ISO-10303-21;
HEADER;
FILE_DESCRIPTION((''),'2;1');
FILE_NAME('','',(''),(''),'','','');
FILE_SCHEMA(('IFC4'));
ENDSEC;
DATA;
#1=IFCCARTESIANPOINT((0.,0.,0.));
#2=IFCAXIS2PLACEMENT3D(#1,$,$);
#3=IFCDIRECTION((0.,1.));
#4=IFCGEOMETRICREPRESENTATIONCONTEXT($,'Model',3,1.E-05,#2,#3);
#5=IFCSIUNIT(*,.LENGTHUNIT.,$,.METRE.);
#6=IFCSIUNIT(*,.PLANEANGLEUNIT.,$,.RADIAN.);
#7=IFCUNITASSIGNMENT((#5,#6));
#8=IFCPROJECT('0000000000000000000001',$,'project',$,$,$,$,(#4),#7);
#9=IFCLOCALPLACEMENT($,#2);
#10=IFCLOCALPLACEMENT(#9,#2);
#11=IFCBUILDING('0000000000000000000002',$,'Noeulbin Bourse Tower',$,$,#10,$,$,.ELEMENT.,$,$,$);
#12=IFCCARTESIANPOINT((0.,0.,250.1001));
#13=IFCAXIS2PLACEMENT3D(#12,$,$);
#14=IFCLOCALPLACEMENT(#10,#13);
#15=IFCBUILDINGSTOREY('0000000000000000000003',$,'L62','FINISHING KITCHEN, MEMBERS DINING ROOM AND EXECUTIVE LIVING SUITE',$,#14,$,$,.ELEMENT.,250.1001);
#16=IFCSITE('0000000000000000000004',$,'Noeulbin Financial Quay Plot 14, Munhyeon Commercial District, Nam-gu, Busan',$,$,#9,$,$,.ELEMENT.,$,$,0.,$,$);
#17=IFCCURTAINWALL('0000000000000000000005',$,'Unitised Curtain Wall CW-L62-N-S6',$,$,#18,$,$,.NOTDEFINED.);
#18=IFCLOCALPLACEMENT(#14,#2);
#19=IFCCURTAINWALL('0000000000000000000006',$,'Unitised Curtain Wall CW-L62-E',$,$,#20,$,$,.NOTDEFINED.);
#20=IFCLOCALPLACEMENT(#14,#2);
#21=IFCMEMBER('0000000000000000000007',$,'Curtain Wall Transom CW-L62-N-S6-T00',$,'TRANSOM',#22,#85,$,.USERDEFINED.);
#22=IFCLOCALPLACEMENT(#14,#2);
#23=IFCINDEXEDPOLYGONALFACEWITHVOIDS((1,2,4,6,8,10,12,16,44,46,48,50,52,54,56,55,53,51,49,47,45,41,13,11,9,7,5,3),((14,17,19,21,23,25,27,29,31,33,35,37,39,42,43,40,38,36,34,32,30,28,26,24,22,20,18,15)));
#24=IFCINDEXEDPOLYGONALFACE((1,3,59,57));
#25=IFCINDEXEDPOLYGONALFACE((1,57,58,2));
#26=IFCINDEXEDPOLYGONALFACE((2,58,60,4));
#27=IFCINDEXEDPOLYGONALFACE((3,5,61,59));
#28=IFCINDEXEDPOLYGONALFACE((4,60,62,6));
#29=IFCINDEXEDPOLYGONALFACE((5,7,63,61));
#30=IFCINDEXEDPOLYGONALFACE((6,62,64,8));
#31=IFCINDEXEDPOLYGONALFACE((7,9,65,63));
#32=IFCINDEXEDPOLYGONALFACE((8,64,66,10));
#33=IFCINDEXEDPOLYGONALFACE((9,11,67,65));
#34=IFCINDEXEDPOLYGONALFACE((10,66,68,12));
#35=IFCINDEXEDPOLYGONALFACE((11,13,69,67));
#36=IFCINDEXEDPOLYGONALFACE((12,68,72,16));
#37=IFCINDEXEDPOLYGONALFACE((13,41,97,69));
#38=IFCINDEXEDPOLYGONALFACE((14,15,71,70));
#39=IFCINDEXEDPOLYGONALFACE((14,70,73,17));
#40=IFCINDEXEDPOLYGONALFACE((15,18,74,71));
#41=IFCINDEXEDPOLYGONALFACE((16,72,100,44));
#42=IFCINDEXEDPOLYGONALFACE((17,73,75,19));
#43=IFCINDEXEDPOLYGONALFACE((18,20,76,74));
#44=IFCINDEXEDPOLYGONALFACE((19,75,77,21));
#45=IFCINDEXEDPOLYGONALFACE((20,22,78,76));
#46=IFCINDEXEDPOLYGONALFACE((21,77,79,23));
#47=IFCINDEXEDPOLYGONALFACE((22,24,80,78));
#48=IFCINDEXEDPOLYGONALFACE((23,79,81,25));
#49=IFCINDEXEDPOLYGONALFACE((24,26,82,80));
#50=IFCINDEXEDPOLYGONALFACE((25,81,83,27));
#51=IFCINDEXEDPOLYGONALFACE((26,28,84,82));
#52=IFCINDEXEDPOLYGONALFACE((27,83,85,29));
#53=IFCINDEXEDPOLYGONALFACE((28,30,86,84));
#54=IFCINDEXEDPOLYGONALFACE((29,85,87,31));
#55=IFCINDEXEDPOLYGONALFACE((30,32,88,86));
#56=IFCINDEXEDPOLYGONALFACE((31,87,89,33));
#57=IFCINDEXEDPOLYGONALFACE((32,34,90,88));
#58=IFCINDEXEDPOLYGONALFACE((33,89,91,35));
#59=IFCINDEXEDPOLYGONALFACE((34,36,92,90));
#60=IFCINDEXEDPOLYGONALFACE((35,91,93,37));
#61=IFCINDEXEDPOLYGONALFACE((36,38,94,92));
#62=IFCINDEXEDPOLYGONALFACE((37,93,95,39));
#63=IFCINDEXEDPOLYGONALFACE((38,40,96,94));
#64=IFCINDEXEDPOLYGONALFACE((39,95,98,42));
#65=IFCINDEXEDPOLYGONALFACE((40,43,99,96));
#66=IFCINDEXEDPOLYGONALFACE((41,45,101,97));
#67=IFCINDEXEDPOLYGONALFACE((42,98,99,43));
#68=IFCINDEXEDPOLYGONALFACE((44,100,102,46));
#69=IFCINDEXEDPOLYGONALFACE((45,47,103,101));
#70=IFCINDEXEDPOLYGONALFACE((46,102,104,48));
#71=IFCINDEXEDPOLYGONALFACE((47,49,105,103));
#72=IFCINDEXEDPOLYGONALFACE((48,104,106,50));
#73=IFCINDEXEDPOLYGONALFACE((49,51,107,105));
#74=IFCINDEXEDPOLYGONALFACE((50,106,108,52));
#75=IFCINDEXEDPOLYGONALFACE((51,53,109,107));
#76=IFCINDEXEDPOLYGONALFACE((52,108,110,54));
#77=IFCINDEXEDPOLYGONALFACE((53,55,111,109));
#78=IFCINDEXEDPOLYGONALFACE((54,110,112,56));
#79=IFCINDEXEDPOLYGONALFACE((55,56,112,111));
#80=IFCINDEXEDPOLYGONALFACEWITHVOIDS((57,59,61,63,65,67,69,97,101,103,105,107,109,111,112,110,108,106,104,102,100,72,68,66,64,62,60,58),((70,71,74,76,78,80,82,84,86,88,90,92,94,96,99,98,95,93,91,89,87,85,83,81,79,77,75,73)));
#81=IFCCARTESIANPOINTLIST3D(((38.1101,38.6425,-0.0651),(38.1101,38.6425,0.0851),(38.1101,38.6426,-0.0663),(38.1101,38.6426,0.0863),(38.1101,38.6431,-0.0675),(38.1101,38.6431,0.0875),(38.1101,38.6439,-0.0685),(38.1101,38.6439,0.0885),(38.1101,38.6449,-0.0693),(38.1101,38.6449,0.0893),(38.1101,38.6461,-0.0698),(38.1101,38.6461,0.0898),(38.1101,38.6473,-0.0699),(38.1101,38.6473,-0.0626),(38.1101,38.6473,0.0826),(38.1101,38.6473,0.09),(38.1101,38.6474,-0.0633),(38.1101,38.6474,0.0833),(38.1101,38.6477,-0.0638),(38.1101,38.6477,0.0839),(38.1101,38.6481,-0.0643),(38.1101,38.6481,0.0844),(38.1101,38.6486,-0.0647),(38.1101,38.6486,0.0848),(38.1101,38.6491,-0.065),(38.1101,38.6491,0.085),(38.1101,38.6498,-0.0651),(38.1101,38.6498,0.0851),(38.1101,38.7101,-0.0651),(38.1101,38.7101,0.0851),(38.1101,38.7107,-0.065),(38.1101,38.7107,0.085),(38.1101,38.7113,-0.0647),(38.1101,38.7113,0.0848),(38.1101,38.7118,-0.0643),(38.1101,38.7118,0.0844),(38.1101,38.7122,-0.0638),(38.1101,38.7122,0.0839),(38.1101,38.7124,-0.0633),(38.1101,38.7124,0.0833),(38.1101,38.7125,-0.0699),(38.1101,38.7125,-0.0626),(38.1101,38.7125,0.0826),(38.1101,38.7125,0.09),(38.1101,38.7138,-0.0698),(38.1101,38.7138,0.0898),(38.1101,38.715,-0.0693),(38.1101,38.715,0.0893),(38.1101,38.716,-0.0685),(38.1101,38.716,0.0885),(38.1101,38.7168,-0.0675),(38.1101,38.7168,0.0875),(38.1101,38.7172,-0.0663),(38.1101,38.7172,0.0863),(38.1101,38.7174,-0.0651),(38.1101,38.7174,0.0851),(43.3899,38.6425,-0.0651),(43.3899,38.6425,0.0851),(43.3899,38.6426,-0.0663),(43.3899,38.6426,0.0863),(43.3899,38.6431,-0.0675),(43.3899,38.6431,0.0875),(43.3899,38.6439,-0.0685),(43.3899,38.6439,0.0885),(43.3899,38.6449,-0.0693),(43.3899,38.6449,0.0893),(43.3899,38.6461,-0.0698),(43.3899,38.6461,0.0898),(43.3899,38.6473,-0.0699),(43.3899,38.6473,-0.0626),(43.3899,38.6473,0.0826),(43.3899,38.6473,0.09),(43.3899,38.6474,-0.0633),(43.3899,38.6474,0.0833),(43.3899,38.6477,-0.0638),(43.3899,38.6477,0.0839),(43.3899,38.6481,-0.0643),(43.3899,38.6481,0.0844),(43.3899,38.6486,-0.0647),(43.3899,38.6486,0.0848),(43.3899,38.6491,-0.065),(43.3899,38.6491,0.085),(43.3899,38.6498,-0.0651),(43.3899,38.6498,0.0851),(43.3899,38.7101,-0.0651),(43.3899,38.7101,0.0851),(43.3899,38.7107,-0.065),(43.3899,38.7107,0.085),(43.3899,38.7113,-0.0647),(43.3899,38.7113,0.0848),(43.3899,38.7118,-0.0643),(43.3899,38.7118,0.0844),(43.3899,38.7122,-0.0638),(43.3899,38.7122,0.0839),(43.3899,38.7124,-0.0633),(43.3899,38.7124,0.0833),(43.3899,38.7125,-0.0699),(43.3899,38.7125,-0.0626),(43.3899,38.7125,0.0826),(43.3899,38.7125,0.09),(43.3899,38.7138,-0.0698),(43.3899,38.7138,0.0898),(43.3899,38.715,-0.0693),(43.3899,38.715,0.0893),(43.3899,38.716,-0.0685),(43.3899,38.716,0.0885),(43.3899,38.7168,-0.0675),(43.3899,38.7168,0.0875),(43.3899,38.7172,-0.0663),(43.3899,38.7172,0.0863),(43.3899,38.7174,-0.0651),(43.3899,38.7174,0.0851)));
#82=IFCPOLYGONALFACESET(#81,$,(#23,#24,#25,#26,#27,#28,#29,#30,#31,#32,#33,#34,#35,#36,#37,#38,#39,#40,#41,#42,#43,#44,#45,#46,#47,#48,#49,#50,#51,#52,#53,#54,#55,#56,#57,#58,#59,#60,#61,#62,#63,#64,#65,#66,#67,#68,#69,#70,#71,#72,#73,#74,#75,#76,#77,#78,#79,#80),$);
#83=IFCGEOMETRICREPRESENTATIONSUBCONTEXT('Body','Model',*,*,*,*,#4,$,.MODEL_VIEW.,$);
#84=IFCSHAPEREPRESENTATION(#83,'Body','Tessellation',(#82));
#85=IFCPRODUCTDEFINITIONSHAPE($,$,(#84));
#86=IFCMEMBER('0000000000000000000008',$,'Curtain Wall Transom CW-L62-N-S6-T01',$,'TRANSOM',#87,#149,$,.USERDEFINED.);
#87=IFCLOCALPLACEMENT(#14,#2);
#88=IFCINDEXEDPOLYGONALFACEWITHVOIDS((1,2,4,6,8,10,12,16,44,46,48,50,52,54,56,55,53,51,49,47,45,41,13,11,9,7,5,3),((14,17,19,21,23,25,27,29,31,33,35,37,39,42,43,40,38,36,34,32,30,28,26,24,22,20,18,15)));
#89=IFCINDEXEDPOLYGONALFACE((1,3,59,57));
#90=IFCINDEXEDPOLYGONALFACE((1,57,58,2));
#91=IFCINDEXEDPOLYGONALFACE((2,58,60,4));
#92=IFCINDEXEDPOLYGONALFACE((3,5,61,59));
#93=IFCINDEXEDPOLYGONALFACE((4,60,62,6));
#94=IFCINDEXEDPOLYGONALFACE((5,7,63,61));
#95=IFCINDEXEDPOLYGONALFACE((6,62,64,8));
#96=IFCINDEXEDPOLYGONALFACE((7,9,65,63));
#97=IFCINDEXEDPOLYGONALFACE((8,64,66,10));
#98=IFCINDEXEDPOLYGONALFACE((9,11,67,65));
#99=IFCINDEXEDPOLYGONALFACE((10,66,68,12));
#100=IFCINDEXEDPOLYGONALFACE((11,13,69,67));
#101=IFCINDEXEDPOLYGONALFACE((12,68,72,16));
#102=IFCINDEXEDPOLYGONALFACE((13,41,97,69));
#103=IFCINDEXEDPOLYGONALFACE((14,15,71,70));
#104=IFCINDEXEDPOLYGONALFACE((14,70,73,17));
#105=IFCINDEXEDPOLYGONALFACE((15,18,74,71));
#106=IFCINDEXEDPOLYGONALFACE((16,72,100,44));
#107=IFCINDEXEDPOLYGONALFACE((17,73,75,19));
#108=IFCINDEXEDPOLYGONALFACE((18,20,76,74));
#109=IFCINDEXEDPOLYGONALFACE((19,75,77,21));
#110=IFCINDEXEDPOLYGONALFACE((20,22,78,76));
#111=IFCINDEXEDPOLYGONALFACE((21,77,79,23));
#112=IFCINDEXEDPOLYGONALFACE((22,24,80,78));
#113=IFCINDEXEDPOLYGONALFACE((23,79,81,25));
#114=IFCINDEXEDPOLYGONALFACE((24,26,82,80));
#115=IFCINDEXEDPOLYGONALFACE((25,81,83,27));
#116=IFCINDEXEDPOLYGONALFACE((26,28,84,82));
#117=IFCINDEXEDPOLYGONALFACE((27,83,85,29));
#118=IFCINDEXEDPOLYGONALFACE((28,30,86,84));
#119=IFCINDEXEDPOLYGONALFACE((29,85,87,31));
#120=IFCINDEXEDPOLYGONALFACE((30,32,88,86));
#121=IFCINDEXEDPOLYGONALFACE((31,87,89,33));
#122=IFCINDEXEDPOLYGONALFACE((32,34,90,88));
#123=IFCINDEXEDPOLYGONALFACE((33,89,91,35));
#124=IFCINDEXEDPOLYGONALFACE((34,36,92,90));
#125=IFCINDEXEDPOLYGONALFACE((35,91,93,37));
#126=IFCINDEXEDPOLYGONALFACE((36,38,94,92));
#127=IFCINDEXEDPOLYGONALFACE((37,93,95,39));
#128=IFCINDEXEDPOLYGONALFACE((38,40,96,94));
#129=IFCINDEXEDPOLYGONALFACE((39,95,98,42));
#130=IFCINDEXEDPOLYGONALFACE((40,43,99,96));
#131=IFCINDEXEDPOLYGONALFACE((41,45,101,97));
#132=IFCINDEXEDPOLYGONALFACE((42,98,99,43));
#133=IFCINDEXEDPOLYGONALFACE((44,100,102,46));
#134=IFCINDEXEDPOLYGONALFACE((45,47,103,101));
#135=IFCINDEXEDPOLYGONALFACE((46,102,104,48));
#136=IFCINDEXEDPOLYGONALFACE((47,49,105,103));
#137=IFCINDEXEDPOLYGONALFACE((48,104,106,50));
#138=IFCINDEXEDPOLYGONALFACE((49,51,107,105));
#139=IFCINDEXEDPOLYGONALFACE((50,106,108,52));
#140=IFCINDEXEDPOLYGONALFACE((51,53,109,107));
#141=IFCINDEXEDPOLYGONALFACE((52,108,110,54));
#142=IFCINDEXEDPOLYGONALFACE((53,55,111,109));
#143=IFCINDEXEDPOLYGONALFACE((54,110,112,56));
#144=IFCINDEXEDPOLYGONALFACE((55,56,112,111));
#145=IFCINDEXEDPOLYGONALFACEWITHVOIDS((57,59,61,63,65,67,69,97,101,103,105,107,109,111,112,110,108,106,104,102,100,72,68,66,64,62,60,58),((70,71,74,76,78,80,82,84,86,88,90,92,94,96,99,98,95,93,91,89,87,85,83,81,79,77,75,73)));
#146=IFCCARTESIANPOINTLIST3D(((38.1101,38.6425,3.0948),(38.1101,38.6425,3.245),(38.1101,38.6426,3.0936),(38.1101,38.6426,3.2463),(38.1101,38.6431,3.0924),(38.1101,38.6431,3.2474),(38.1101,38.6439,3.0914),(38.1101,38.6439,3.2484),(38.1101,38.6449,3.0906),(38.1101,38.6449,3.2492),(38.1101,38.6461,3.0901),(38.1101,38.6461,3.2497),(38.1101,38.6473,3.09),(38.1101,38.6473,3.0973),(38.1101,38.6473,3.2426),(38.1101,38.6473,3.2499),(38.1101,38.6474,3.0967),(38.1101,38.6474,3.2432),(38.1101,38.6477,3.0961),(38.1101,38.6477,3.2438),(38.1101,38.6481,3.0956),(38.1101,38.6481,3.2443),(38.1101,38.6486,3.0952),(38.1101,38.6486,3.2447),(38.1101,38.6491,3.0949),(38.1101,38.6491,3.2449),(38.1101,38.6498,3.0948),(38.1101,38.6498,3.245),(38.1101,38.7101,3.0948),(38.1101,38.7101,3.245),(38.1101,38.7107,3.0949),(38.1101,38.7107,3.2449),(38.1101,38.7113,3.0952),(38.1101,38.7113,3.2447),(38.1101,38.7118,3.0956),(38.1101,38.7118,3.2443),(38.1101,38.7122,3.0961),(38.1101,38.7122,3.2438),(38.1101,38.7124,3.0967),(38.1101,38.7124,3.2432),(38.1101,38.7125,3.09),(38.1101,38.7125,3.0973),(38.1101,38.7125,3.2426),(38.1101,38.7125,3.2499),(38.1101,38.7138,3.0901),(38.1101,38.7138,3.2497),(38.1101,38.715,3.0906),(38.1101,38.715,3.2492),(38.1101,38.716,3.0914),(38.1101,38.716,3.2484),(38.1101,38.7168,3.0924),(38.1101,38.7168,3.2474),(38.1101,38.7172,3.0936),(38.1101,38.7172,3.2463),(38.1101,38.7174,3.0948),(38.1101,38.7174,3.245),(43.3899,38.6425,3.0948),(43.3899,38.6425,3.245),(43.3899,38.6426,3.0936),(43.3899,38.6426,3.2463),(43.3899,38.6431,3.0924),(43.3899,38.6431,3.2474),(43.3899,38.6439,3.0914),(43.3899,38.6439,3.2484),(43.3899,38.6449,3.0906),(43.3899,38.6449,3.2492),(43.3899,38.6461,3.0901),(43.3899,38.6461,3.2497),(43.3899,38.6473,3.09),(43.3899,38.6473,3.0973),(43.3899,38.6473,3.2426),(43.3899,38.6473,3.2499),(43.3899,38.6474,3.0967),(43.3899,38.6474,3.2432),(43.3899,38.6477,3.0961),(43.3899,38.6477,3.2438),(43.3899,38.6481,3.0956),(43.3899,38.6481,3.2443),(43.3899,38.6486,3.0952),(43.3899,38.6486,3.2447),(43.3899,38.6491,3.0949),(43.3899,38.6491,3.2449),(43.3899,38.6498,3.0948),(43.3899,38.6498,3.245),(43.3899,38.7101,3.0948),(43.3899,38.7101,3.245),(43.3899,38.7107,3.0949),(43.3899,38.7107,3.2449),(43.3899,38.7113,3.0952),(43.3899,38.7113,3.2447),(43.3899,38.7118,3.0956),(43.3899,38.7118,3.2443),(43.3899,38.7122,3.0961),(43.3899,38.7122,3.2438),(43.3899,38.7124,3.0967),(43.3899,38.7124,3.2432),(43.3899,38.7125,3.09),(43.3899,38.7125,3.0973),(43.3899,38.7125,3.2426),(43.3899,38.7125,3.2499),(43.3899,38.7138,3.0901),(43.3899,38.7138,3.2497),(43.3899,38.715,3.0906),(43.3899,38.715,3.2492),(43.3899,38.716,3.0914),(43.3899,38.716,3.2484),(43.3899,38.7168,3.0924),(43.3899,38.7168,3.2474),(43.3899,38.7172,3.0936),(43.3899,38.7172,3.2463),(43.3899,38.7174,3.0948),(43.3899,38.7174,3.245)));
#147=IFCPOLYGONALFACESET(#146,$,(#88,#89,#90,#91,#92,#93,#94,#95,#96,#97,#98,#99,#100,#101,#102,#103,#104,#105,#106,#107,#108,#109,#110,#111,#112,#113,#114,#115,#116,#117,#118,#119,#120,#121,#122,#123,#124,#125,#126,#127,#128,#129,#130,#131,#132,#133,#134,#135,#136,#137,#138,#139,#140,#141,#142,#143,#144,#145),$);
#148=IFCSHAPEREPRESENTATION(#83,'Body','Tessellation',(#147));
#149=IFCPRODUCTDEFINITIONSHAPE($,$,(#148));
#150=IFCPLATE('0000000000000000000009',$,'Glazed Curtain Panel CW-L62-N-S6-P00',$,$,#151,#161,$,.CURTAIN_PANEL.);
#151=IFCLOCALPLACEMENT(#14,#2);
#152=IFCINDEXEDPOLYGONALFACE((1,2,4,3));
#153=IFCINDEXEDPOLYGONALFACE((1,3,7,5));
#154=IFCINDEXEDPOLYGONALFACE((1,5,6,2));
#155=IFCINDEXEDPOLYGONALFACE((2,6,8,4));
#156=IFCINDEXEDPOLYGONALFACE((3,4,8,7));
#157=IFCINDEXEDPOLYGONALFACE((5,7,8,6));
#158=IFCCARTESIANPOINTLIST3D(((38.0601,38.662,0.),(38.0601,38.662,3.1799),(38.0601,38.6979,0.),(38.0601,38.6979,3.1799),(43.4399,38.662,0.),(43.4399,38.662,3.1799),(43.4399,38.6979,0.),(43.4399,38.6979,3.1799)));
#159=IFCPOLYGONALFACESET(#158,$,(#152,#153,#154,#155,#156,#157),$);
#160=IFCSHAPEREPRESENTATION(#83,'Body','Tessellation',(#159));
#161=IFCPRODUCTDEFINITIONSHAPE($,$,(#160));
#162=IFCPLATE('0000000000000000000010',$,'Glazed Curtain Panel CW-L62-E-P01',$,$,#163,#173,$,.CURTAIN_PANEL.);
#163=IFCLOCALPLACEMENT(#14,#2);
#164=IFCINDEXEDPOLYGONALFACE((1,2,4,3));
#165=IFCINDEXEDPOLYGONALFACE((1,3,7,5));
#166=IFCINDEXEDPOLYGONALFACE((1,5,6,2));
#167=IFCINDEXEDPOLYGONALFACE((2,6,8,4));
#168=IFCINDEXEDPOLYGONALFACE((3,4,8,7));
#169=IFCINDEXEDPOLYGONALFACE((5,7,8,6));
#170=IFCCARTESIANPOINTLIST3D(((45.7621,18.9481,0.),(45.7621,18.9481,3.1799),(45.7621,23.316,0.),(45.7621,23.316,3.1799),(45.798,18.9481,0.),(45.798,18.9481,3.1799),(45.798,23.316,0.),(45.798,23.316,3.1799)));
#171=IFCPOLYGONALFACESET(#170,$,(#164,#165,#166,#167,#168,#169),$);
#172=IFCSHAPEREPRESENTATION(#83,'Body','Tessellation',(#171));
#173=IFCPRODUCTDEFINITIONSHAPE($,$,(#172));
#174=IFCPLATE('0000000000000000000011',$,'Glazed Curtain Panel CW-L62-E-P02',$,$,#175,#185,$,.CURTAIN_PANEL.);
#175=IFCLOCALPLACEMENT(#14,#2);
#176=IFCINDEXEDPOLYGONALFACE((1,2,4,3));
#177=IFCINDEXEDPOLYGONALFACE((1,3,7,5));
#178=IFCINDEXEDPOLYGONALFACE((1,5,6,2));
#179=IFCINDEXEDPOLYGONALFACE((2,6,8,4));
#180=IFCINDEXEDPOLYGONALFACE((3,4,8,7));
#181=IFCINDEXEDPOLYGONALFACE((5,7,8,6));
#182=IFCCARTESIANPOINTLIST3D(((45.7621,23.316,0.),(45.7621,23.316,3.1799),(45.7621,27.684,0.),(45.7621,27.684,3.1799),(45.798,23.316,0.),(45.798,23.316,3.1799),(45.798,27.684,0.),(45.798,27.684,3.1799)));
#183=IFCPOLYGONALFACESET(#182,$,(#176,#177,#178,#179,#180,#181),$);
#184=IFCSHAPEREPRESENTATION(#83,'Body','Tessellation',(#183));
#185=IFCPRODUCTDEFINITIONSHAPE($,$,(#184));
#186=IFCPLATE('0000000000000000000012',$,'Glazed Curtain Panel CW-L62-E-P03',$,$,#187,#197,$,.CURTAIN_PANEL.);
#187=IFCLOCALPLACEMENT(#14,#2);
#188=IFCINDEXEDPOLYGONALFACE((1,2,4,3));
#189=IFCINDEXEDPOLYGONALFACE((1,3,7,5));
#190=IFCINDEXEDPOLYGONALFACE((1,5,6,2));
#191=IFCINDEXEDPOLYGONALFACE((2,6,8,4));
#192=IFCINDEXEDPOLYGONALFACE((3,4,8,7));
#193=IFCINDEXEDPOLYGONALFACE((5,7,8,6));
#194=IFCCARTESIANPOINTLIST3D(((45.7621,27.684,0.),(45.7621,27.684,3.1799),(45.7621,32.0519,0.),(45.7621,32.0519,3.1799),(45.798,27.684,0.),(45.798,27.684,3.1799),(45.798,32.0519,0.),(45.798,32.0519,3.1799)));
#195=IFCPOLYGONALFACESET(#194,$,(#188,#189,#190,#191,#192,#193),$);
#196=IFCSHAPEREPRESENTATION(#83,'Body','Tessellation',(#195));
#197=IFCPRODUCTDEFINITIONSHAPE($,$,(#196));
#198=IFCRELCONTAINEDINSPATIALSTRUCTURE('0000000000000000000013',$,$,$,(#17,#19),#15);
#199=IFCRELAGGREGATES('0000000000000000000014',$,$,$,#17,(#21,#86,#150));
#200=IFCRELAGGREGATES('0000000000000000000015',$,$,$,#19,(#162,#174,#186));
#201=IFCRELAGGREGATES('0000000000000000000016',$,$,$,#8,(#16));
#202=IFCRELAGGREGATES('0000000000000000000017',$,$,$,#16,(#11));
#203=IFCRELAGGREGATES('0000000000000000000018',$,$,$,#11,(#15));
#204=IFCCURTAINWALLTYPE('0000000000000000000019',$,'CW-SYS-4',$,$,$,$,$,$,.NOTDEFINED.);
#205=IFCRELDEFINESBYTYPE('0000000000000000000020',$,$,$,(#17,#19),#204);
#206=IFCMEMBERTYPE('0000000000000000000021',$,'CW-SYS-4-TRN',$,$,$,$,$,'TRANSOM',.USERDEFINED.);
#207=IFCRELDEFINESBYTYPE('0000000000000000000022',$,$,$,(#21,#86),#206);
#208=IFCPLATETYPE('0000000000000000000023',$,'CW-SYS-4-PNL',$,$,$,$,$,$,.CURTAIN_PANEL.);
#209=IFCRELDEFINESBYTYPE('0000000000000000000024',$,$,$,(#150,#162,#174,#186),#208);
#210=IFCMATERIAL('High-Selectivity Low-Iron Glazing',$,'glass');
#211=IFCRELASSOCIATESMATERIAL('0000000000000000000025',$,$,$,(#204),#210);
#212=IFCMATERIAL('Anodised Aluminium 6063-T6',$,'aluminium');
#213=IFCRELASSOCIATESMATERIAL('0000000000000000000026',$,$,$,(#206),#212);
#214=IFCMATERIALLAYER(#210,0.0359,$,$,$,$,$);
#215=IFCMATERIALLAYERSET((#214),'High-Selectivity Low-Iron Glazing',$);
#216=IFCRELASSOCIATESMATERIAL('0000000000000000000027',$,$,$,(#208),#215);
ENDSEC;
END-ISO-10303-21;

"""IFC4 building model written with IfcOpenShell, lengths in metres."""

from ifc_helpers import new_model, si_unit, direction, frame, origin, origin_2d, place, context, subcontext, project, spatial, rectangle, hollow_rectangle, extrude, material, layer, layer_set, material_profile, profile_set, type_object, element, aggregate, save


model = new_model("IFC4")

# Units and contexts
model_context = context("Model", 3, precision=1e-05, world=origin(), true_north=direction((0.0, 1.0)))
body_context = subcontext(model_context, "Body", "Model", "MODEL_VIEW")
ifc_project = project(units=[si_unit("LENGTHUNIT", "METRE"), si_unit("PLANEANGLEUNIT", "RADIAN")], contexts=[model_context])

# Site, building, storey
site_placement = place(None, origin())
site = spatial("IfcSite", under=ifc_project, at=site_placement, Name="Noeulbin Financial Quay Plot 14, Munhyeon Commercial District, Nam-gu, Busan", CompositionType="ELEMENT", RefElevation=0.0)
building_placement = place(site_placement, origin())
building = spatial("IfcBuilding", under=site, at=building_placement, Name="Noeulbin Bourse Tower", CompositionType="ELEMENT")
storey_placement = place(building_placement, frame((0.0, 0.0, 250.1001)))
storey = spatial("IfcBuildingStorey", under=building, at=storey_placement, Name="L62", Description="FINISHING KITCHEN, MEMBERS DINING ROOM AND EXECUTIVE LIVING SUITE", CompositionType="ELEMENT", Elevation=250.1001)

# Curtain walls
ifc_material_1 = material(Name="High-Selectivity Low-Iron Glazing", Category="glass")
curtain_wall_type = type_object("IfcCurtainWallType", Name="CW-SYS-4", PredefinedType="NOTDEFINED", material=ifc_material_1)
curtain_wall_1_placement = place(storey_placement, origin())
curtain_wall_1 = element("IfcCurtainWall", 1, at=curtain_wall_1_placement, inside=storey, type_object=curtain_wall_type, Name="Unitised Curtain Wall CW-L62-N-S6", PredefinedType="NOTDEFINED")
ifc_material_2 = material(Name="Anodised Aluminium 6063-T6", Category="aluminium")
curtain_wall_2_placement = place(storey_placement, origin())
curtain_wall_2 = element("IfcCurtainWall", 2, at=curtain_wall_2_placement, inside=storey, type_object=curtain_wall_type, Name="Unitised Curtain Wall CW-L62-E", PredefinedType="NOTDEFINED")

# Members
ifc_material_profile_1 = material_profile(ifc_material_2, hollow_rectangle(XDim=0.075, YDim=0.1599, WallThickness=0.0049, InnerFilletRadius=0.0024, OuterFilletRadius=0.0049, at=origin_2d()), Name="ALU-TRAN-75x160x5", Category="LoadBearing")
ifc_profile_set_1 = profile_set([ifc_material_profile_1], Name="Anodised Aluminium 6063-T6")
member_type_1 = type_object("IfcMemberType", Name="CW-SYS-4-TRN", ElementType="TRANSOM", PredefinedType="USERDEFINED", material=ifc_profile_set_1)
member_1_placement = place(storey_placement, frame((38.1101, 38.6799, 0.01), z_axis=(1.0, 0.0, 0.0), x_axis=(0.0, 1.0, 0.0)))
member_1 = element("IfcMember", 3, at=member_1_placement, type_object=member_type_1, Name="Curtain Wall Transom CW-L62-N-S6-T00", ObjectType="TRANSOM", PredefinedType="USERDEFINED", context=body_context, shape_type="SweptSolid", body=[
    extrude(hollow_rectangle(XDim=0.075, YDim=0.1599, WallThickness=0.0049, InnerFilletRadius=0.0024, OuterFilletRadius=0.0049, at=origin_2d()), origin(), (0.0, 0.0, 1.0), 5.2798),
])
member_2_placement = place(storey_placement, frame((38.1101, 38.6799, 3.1699), z_axis=(1.0, 0.0, 0.0), x_axis=(0.0, 1.0, 0.0)))
member_2 = element("IfcMember", 4, at=member_2_placement, type_object=member_type_1, Name="Curtain Wall Transom CW-L62-N-S6-T01", ObjectType="TRANSOM", PredefinedType="USERDEFINED", context=body_context, shape_type="SweptSolid", body=[
    extrude(hollow_rectangle(XDim=0.075, YDim=0.1599, WallThickness=0.0049, InnerFilletRadius=0.0024, OuterFilletRadius=0.0049, at=origin_2d()), origin(), (0.0, 0.0, 1.0), 5.2798),
])

# Plates
ifc_layer_1 = layer(ifc_material_1, 0.0359)
ifc_layer_set_1 = layer_set([ifc_layer_1], Name="High-Selectivity Low-Iron Glazing")
plate_type_1 = type_object("IfcPlateType", Name="CW-SYS-4-PNL", PredefinedType="CURTAIN_PANEL", material=ifc_layer_set_1)
plate_1_placement = place(storey_placement, frame((40.75, 38.6799, 0.0), z_axis=(0.0, 0.0, 1.0), x_axis=(1.0, 0.0, 0.0)))
plate_1 = element("IfcPlate", 5, at=plate_1_placement, type_object=plate_type_1, Name="Glazed Curtain Panel CW-L62-N-S6-P00", PredefinedType="CURTAIN_PANEL", context=body_context, shape_type="SweptSolid", body=[
    extrude(rectangle(XDim=5.3799, YDim=0.0359, at=origin_2d()), origin(), (0.0, 0.0, 1.0), 3.1799),
])
aggregate(curtain_wall_1, [member_1, member_2, plate_1])
plate_2_placement = place(storey_placement, frame((45.78, 21.1321, 0.0), z_axis=(0.0, 0.0, 1.0), x_axis=(0.0, 1.0, 0.0)))
plate_2 = element("IfcPlate", 6, at=plate_2_placement, type_object=plate_type_1, Name="Glazed Curtain Panel CW-L62-E-P01", PredefinedType="CURTAIN_PANEL", context=body_context, shape_type="SweptSolid", body=[
    extrude(rectangle(XDim=4.3679, YDim=0.0359, at=origin_2d()), origin(), (0.0, 0.0, 1.0), 3.1799),
])
plate_3_placement = place(storey_placement, frame((45.78, 25.5, 0.0), z_axis=(0.0, 0.0, 1.0), x_axis=(0.0, 1.0, 0.0)))
plate_3 = element("IfcPlate", 7, at=plate_3_placement, type_object=plate_type_1, Name="Glazed Curtain Panel CW-L62-E-P02", PredefinedType="CURTAIN_PANEL", context=body_context, shape_type="SweptSolid", body=[
    extrude(rectangle(XDim=4.3679, YDim=0.0359, at=origin_2d()), origin(), (0.0, 0.0, 1.0), 3.1799),
])
plate_4_placement = place(storey_placement, frame((45.78, 29.8679, 0.0), z_axis=(0.0, 0.0, 1.0), x_axis=(0.0, 1.0, 0.0)))
plate_4 = element("IfcPlate", 8, at=plate_4_placement, type_object=plate_type_1, Name="Glazed Curtain Panel CW-L62-E-P03", PredefinedType="CURTAIN_PANEL", context=body_context, shape_type="SweptSolid", body=[
    extrude(rectangle(XDim=4.3679, YDim=0.0359, at=origin_2d()), origin(), (0.0, 0.0, 1.0), 3.1799),
])
aggregate(curtain_wall_2, [plate_2, plate_3, plate_4])

save(model, "model.ifc")
